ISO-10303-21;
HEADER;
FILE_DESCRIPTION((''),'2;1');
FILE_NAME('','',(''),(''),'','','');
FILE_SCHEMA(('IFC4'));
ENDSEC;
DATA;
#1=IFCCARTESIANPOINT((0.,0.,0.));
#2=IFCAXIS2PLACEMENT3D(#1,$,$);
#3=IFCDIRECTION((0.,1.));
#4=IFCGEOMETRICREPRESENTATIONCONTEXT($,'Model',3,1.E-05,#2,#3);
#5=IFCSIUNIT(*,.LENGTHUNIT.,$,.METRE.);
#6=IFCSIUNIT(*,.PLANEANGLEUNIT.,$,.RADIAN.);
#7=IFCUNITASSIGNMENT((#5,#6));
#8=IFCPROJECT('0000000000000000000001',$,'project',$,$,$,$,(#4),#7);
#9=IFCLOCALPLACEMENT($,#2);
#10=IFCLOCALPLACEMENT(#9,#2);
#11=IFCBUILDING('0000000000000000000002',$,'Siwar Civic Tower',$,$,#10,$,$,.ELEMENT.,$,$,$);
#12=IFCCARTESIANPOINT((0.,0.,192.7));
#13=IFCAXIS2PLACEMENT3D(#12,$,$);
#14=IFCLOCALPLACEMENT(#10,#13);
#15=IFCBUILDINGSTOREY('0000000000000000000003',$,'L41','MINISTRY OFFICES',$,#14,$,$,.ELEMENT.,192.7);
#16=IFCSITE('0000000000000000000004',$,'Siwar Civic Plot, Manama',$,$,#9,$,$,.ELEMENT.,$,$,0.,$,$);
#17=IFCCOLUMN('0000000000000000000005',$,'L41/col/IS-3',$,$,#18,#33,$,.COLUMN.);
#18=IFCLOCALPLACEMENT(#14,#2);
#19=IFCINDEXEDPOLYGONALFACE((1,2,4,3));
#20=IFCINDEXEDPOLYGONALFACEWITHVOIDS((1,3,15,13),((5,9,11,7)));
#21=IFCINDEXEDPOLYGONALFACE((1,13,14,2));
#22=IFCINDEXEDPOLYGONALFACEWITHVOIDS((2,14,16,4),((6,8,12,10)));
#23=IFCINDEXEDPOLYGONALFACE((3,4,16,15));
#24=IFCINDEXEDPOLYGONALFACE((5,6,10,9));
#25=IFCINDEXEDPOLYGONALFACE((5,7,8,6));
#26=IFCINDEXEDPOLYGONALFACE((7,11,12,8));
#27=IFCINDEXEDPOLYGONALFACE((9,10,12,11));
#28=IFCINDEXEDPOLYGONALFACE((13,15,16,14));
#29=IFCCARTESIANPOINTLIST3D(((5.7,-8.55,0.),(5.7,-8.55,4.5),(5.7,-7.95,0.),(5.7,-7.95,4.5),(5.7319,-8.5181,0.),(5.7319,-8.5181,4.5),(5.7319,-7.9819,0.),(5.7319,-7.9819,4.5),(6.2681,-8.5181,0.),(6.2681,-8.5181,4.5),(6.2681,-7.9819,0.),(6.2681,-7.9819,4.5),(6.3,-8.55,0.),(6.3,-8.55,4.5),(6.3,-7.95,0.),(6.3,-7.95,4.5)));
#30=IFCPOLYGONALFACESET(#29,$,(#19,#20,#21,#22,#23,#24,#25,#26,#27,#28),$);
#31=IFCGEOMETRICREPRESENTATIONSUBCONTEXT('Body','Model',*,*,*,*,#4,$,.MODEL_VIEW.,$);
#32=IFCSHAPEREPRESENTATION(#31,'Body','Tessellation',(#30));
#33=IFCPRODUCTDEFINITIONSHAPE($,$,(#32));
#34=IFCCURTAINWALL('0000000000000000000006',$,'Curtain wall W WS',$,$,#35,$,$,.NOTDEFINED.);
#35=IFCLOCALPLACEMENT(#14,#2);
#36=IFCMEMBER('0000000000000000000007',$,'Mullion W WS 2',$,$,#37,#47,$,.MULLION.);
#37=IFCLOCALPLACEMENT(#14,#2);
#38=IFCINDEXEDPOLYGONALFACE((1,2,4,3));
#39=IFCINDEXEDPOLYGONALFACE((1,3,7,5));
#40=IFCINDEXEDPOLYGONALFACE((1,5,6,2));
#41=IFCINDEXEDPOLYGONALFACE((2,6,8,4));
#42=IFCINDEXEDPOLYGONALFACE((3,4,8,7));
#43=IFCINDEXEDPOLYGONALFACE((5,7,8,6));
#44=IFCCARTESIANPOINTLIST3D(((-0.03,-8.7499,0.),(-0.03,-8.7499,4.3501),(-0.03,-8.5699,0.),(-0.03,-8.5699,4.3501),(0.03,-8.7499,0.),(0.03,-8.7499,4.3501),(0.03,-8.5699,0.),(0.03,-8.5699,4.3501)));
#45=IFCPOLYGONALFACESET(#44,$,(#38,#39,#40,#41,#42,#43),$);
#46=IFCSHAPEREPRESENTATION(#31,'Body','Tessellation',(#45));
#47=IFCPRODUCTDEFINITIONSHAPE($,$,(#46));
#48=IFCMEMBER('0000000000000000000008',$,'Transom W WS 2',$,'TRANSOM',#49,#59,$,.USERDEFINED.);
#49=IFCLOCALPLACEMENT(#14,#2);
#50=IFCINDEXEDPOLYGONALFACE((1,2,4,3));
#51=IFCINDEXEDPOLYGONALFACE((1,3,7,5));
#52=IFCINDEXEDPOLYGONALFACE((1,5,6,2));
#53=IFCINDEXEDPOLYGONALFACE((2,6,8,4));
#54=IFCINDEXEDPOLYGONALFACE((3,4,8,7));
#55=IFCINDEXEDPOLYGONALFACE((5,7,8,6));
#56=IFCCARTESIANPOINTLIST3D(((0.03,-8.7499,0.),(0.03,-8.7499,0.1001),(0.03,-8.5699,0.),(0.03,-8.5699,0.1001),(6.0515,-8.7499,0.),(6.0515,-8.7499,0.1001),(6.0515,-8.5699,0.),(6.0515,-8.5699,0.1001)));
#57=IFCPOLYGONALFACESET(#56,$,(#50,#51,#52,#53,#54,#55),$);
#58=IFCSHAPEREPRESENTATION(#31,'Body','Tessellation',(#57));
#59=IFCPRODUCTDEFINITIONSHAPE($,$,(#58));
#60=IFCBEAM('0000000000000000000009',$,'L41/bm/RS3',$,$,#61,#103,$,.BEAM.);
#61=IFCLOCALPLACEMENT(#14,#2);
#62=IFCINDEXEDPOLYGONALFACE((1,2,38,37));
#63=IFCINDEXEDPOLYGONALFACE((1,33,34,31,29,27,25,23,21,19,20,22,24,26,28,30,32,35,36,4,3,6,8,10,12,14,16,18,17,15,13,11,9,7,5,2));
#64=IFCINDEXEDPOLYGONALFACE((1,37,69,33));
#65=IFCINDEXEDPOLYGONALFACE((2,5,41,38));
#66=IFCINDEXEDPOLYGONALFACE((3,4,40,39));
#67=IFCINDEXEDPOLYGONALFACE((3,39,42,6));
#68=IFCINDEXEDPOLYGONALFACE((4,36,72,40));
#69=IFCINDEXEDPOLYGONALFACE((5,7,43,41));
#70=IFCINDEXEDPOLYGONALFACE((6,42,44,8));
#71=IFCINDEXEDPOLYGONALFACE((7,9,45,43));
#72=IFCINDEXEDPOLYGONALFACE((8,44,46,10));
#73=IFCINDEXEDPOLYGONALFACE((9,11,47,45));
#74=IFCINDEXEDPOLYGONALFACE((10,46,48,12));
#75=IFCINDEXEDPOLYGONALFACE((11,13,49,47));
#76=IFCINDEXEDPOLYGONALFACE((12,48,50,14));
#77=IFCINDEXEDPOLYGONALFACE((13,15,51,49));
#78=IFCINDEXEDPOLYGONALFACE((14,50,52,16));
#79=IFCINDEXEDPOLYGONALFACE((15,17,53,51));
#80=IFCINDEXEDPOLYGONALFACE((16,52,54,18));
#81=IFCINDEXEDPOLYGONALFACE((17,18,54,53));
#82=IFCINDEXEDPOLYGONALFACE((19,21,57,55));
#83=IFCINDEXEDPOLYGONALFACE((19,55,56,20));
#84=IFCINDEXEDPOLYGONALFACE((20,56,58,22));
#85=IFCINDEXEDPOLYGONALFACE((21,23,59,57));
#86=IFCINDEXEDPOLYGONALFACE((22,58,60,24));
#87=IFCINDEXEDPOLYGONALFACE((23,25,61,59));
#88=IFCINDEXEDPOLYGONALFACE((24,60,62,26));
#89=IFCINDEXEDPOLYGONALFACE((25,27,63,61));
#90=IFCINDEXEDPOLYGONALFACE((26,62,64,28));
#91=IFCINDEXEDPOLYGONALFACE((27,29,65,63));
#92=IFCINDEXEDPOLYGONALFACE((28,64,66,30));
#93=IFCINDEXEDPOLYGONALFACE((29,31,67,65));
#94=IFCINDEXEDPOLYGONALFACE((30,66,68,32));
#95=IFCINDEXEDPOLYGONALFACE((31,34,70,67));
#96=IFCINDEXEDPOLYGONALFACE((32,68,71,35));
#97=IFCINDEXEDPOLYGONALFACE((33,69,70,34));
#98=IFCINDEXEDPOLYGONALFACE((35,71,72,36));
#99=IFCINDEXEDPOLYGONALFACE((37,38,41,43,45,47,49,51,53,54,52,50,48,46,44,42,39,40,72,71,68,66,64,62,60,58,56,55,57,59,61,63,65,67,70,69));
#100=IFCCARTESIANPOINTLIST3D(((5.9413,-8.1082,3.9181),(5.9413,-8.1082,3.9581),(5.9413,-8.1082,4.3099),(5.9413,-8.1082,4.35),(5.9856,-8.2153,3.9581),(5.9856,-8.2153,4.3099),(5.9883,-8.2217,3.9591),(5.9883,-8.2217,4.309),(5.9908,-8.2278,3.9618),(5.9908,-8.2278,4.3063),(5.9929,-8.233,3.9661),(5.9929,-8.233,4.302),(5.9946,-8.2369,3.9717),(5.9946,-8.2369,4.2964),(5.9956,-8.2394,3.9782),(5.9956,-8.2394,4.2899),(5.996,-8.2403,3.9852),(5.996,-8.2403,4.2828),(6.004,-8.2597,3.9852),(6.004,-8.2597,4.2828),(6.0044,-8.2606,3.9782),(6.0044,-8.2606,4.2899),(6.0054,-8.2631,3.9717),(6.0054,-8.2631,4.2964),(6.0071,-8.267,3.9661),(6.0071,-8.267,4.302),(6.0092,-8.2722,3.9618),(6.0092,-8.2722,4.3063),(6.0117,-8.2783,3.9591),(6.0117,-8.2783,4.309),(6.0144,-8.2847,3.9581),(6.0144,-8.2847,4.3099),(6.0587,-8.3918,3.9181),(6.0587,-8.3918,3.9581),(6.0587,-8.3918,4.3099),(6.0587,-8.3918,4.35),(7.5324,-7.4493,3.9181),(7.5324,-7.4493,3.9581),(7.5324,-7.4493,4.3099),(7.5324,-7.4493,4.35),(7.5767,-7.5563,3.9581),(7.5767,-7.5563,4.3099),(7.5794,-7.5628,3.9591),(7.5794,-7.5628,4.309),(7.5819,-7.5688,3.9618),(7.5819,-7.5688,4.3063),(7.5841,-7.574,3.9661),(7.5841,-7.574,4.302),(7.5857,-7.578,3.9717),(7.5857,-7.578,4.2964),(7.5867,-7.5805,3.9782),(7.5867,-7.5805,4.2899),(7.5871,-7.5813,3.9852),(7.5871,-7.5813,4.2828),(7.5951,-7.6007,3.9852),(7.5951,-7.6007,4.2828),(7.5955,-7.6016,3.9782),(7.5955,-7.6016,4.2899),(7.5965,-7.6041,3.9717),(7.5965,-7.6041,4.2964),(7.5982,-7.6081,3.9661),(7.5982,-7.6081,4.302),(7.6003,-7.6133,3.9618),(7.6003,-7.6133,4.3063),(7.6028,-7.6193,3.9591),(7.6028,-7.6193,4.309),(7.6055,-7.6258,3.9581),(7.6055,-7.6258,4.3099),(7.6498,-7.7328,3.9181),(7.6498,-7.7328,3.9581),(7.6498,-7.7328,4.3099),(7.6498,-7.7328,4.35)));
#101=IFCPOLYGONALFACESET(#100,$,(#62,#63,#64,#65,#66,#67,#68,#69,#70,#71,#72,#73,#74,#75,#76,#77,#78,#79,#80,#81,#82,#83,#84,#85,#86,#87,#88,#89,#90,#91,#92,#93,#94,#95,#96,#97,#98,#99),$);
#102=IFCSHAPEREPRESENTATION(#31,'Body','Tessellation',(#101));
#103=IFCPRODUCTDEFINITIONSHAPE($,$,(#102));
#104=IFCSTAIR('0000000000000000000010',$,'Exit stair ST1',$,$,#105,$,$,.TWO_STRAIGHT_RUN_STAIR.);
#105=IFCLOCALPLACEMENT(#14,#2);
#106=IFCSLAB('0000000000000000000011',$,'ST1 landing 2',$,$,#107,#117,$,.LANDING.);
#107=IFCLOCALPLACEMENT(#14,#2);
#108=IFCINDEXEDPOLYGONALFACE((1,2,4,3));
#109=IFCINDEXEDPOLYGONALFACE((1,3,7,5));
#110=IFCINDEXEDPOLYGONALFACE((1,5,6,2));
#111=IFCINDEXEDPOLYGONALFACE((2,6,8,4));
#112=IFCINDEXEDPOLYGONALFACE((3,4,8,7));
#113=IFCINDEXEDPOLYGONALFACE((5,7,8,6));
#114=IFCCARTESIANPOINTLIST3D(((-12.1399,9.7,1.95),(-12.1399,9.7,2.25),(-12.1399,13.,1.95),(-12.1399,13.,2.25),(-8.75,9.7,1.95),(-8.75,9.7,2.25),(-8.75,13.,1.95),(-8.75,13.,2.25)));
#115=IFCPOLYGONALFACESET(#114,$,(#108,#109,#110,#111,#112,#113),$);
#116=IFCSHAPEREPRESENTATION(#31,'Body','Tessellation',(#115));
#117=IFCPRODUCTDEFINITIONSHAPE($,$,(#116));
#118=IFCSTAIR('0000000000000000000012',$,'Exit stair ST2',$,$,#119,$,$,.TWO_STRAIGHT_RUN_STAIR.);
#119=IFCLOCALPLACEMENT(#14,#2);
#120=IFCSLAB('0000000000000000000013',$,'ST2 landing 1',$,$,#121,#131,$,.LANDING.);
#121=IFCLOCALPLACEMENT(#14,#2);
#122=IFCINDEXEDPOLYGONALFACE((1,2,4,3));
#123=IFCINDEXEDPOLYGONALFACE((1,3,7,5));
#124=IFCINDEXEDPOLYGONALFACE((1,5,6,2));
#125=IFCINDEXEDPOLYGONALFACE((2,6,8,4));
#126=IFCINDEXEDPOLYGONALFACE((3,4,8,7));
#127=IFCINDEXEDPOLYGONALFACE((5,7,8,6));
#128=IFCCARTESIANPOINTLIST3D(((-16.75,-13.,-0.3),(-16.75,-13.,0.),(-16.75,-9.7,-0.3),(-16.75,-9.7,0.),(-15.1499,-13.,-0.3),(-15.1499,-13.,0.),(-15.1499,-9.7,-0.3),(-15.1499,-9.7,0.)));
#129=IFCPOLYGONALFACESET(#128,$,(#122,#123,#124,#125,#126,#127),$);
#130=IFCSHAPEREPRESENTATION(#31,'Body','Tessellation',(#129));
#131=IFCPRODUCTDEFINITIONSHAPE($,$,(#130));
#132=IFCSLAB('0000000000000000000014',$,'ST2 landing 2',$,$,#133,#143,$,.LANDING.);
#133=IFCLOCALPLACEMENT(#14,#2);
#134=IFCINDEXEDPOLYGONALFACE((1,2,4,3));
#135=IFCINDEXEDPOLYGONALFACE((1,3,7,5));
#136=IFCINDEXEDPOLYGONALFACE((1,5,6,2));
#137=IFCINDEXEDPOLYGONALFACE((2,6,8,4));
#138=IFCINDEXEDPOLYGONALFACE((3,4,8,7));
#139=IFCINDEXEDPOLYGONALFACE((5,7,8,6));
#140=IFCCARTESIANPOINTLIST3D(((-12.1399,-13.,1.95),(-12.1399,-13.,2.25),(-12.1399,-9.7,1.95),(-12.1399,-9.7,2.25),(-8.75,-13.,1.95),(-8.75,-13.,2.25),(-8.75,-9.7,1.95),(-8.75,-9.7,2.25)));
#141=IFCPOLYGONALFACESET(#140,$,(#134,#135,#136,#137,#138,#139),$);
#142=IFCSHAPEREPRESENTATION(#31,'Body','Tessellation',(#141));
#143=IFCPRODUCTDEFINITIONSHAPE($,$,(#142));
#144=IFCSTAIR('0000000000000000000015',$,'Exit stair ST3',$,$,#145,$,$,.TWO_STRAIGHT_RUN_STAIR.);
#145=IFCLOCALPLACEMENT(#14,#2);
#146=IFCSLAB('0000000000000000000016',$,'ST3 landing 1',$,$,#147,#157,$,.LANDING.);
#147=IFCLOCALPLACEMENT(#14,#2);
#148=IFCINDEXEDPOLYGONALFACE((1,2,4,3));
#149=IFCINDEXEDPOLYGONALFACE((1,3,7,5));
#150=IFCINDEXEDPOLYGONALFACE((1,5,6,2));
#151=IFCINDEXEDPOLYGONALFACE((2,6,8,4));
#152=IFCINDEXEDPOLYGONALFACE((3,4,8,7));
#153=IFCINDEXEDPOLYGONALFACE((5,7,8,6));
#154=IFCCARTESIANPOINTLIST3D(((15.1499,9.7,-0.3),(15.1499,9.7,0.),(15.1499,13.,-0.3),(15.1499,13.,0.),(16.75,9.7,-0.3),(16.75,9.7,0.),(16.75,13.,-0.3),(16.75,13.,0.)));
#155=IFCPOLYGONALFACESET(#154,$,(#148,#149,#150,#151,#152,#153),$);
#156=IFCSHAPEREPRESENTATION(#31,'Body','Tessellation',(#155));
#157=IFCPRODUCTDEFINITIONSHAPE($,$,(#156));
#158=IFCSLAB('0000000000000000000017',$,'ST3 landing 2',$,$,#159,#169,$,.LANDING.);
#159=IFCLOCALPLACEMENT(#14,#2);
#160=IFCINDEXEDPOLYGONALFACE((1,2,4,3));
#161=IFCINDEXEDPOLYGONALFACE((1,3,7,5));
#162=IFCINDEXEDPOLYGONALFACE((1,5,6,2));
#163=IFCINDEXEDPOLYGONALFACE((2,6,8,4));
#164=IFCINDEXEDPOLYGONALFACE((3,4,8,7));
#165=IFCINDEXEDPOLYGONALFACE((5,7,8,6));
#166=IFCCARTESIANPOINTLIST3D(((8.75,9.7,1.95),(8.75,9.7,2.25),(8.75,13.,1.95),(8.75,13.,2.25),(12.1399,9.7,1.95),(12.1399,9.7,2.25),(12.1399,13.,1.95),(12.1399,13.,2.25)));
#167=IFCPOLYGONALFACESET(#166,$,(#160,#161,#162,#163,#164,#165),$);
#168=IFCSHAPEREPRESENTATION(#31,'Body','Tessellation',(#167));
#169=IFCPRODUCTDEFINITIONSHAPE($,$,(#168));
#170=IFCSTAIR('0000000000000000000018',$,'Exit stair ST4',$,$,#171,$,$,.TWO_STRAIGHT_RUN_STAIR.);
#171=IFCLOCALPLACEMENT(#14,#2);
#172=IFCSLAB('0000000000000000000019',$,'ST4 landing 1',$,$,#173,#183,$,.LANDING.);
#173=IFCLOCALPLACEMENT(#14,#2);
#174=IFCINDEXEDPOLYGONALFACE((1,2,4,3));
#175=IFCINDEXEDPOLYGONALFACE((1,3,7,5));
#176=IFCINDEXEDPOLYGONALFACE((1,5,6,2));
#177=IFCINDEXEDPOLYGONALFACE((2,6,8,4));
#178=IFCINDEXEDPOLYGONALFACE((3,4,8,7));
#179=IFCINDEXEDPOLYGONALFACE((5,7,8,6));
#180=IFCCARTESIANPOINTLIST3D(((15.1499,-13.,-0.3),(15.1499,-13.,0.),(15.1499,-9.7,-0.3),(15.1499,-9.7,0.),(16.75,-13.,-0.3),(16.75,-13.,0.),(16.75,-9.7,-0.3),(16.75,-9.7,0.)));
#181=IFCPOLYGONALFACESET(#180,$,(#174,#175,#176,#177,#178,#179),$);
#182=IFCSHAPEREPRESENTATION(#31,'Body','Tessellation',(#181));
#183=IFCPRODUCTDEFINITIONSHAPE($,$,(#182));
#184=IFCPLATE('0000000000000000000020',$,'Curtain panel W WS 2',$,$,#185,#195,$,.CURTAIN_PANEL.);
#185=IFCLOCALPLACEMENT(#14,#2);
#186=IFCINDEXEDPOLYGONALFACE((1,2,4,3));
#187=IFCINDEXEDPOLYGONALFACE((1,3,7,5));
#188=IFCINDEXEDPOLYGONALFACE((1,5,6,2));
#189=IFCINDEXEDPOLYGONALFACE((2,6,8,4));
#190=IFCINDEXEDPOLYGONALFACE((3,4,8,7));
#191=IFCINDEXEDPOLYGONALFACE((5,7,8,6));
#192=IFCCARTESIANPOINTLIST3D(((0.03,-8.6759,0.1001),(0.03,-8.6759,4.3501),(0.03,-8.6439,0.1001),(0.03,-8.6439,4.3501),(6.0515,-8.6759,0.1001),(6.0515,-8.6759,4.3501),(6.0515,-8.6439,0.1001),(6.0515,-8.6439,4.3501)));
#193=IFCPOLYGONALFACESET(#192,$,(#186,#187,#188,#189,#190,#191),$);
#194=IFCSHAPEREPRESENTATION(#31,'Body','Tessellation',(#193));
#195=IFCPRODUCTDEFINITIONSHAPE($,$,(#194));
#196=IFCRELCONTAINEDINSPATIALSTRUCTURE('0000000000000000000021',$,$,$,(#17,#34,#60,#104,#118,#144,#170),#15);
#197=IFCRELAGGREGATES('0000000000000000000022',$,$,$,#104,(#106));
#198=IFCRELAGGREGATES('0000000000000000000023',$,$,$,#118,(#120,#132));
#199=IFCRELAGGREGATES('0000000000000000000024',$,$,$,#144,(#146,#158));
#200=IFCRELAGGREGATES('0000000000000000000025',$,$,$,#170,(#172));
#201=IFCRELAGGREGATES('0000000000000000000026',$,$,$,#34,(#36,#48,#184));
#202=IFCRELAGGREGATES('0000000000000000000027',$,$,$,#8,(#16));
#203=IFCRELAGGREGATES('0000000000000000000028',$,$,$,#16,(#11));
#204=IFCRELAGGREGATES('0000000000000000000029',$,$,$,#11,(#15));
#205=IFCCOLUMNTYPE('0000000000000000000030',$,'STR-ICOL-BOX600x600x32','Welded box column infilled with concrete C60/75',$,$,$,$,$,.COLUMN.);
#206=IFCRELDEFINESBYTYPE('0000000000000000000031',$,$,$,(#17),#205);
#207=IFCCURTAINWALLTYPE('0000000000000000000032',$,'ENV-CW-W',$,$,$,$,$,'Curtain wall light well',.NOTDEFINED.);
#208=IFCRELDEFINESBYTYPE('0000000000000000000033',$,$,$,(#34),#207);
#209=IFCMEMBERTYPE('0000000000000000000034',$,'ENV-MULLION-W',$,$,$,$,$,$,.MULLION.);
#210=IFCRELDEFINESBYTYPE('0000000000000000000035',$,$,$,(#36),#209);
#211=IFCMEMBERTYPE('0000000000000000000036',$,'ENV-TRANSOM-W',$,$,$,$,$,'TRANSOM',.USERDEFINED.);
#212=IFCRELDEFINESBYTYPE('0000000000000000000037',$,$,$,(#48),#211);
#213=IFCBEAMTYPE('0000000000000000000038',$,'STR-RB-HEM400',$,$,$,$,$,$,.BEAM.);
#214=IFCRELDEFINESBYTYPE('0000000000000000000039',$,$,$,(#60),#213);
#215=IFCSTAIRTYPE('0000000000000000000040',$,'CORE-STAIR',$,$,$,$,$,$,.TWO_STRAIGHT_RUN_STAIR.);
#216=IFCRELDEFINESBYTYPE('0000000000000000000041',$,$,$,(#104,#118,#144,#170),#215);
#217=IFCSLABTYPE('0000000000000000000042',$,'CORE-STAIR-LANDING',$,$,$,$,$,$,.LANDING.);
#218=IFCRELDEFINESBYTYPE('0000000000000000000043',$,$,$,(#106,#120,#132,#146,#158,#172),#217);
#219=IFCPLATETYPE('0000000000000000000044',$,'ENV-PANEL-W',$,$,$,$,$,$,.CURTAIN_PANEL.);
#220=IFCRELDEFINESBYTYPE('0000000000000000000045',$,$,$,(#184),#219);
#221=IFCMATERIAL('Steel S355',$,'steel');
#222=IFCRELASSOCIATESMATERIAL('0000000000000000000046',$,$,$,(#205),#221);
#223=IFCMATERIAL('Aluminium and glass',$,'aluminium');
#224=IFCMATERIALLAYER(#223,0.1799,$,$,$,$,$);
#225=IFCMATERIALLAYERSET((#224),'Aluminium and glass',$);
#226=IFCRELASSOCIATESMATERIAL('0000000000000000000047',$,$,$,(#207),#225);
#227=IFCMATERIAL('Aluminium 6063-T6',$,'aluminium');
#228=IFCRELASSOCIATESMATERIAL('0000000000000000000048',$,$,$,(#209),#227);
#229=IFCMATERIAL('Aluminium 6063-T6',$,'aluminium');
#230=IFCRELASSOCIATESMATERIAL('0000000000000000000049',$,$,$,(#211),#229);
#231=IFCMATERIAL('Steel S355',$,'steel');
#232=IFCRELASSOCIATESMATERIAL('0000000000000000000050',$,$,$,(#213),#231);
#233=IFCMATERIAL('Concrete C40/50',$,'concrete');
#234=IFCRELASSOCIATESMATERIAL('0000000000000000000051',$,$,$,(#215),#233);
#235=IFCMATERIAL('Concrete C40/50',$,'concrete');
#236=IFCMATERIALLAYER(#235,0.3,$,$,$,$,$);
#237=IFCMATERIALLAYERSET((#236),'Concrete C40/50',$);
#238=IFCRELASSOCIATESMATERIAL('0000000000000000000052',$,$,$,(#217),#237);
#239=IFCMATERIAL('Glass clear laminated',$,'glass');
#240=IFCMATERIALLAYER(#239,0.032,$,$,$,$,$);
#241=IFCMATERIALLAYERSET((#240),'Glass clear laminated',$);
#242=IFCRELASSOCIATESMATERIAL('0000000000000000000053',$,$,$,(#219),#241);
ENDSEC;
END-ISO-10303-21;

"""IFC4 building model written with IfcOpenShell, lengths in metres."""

from ifc_helpers import new_model, si_unit, direction, frame, origin, origin_2d, place, context, subcontext, project, spatial, polyline, rectangle, hollow_rectangle, i_section, outline, extrude, material, layer, layer_set, material_profile, profile_set, type_object, element, aggregate, save


model = new_model("IFC4")

# Units and contexts
model_context = context("Model", 3, precision=1e-05, world=origin(), true_north=direction((0.0, 1.0)))
body_context = subcontext(model_context, "Body", "Model", "MODEL_VIEW")
ifc_project = project(units=[si_unit("LENGTHUNIT", "METRE"), si_unit("PLANEANGLEUNIT", "RADIAN")], contexts=[model_context])

# Site, building, storey
site_placement = place(None, origin())
site = spatial("IfcSite", under=ifc_project, at=site_placement, Name="Siwar Civic Plot, Manama", CompositionType="ELEMENT", RefElevation=0.0)
building_placement = place(site_placement, origin())
building = spatial("IfcBuilding", under=site, at=building_placement, Name="Siwar Civic Tower", CompositionType="ELEMENT")
storey_placement = place(building_placement, frame((0.0, 0.0, 192.7)))
storey = spatial("IfcBuildingStorey", under=building, at=storey_placement, Name="L41", Description="MINISTRY OFFICES", CompositionType="ELEMENT", Elevation=192.7)

# Column
ifc_material_1 = material(Name="Steel S355", Category="steel")
ifc_material_profile_1 = material_profile(ifc_material_1, hollow_rectangle(XDim=0.6001, YDim=0.6001, WallThickness=0.032, at=origin_2d()), Name="BOX600x600x32")
ifc_profile_set_1 = profile_set([ifc_material_profile_1], Name="Steel S355")
column_type = type_object("IfcColumnType", Name="STR-ICOL-BOX600x600x32", Description="Welded box column infilled with concrete C60/75", PredefinedType="COLUMN", material=ifc_profile_set_1)
column_placement = place(storey_placement, frame((6.0, -8.25, 0.0), z_axis=(0.0, 0.0, 1.0), x_axis=(1.0, 0.0, 0.0)))
element("IfcColumn", 1, at=column_placement, inside=storey, type_object=column_type, Name="L41/col/IS-3", PredefinedType="COLUMN", context=body_context, shape_type="SweptSolid", body=[
    extrude(hollow_rectangle(XDim=0.6001, YDim=0.6001, WallThickness=0.032, at=origin_2d()), origin(), (0.0, 0.0, 1.0), 4.5),
])

# Curtain wall, members
ifc_material_2 = material(Name="Aluminium and glass", Category="aluminium")
ifc_layer_1 = layer(ifc_material_2, 0.1799)
ifc_layer_set_1 = layer_set([ifc_layer_1], Name="Aluminium and glass")
curtain_wall_type = type_object("IfcCurtainWallType", Name="ENV-CW-W", ElementType="Curtain wall light well", PredefinedType="NOTDEFINED", material=ifc_layer_set_1)
curtain_wall_placement = place(storey_placement, origin())
curtain_wall = element("IfcCurtainWall", 2, at=curtain_wall_placement, inside=storey, type_object=curtain_wall_type, Name="Curtain wall W WS", PredefinedType="NOTDEFINED")
ifc_material_3 = material(Name="Aluminium 6063-T6", Category="aluminium")
ifc_material_profile_2 = material_profile(ifc_material_3, rectangle(XDim=0.1799, YDim=0.0601, at=origin_2d()), Name="AL 180x60")
ifc_profile_set_2 = profile_set([ifc_material_profile_2], Name="Aluminium 6063-T6")
member_type_1 = type_object("IfcMemberType", Name="ENV-MULLION-W", PredefinedType="MULLION", material=ifc_profile_set_2)
member_1_placement = place(storey_placement, frame((0.0, -8.6599, 0.0), z_axis=(0.0, 0.0, 1.0), x_axis=(0.0, 1.0, 0.0)))
member_1 = element("IfcMember", 3, at=member_1_placement, type_object=member_type_1, Name="Mullion W WS 2", PredefinedType="MULLION", context=body_context, shape_type="SweptSolid", body=[
    extrude(rectangle(XDim=0.1799, YDim=0.0601, at=origin_2d()), origin(), (0.0, 0.0, 1.0), 4.3501),
])
ifc_material_4 = material(Name="Aluminium 6063-T6", Category="aluminium")
ifc_material_profile_3 = material_profile(ifc_material_4, rectangle(XDim=0.1799, YDim=0.1001, at=origin_2d()), Name="AL 180x100")
ifc_profile_set_3 = profile_set([ifc_material_profile_3], Name="Aluminium 6063-T6")
member_type_2 = type_object("IfcMemberType", Name="ENV-TRANSOM-W", ElementType="TRANSOM", PredefinedType="USERDEFINED", material=ifc_profile_set_3)
member_2_placement = place(storey_placement, frame((0.03, -8.6599, 0.05), z_axis=(1.0, 0.0, 0.0), x_axis=(0.0, 1.0, 0.0)))
member_2 = element("IfcMember", 4, at=member_2_placement, type_object=member_type_2, Name="Transom W WS 2", ObjectType="TRANSOM", PredefinedType="USERDEFINED", context=body_context, shape_type="SweptSolid", body=[
    extrude(rectangle(XDim=0.1799, YDim=0.1001, at=origin_2d()), origin(), (0.0, 0.0, 1.0), 6.0215),
])

# Beam
ifc_material_5 = material(Name="Steel S355", Category="steel")
ifc_material_profile_4 = material_profile(ifc_material_5, i_section(OverallWidth=0.3069, OverallDepth=0.4319, WebThickness=0.021, FlangeThickness=0.04, FilletRadius=0.0271, at=origin_2d()), Name="HEM400")
ifc_profile_set_4 = profile_set([ifc_material_profile_4], Name="Steel S355")
beam_type = type_object("IfcBeamType", Name="STR-RB-HEM400", PredefinedType="BEAM", material=ifc_profile_set_4)
beam_placement = place(storey_placement, frame((6.0, -8.25, 4.134), z_axis=(0.923901, 0.382631, 0.0), x_axis=(-0.382631, 0.923901, 0.0)))
element("IfcBeam", 5, at=beam_placement, inside=storey, type_object=beam_type, Name="L41/bm/RS3", PredefinedType="BEAM", context=body_context, shape_type="SweptSolid", body=[
    extrude(i_section(OverallWidth=0.3069, OverallDepth=0.4319, WebThickness=0.021, FlangeThickness=0.04, FilletRadius=0.0271, at=origin_2d()), origin(), (0.0, 0.0, 1.0), 1.7222),
])

# Stair, slab
ifc_material_6 = material(Name="Concrete C40/50", Category="concrete")
stair_type = type_object("IfcStairType", Name="CORE-STAIR", PredefinedType="TWO_STRAIGHT_RUN_STAIR", material=ifc_material_6)
stair_1_placement = place(storey_placement, origin())
stair_1 = element("IfcStair", 6, at=stair_1_placement, inside=storey, type_object=stair_type, Name="Exit stair ST1", PredefinedType="TWO_STRAIGHT_RUN_STAIR")
ifc_material_7 = material(Name="Concrete C40/50", Category="concrete")
ifc_layer_2 = layer(ifc_material_7, 0.3)
ifc_layer_set_2 = layer_set([ifc_layer_2], Name="Concrete C40/50")
slab_type = type_object("IfcSlabType", Name="CORE-STAIR-LANDING", PredefinedType="LANDING", material=ifc_layer_set_2)
slab_1_placement = place(storey_placement, frame((0.0, 0.0, 1.95)))
slab_1 = element("IfcSlab", 7, at=slab_1_placement, type_object=slab_type, Name="ST1 landing 2", PredefinedType="LANDING", context=body_context, shape_type="SweptSolid", body=[
    extrude(outline(polyline([(-8.75, 13.0), (-12.1399, 13.0), (-12.1399, 9.7), (-8.75, 9.7), (-8.75, 13.0)])), origin(), (0.0, 0.0, 1.0), 0.3),
])
aggregate(stair_1, [slab_1])

# Stairs, slabs
stair_2_placement = place(storey_placement, origin())
stair_2 = element("IfcStair", 8, at=stair_2_placement, inside=storey, type_object=stair_type, Name="Exit stair ST2", PredefinedType="TWO_STRAIGHT_RUN_STAIR")
slab_2_placement = place(storey_placement, frame((0.0, 0.0, -0.3)))
slab_2 = element("IfcSlab", 9, at=slab_2_placement, type_object=slab_type, Name="ST2 landing 1", PredefinedType="LANDING", context=body_context, shape_type="SweptSolid", body=[
    extrude(outline(polyline([(-15.1499, -9.7), (-16.75, -9.7), (-16.75, -13.0), (-15.1499, -13.0), (-15.1499, -9.7)])), origin(), (0.0, 0.0, 1.0), 0.3),
])
slab_3_placement = place(storey_placement, frame((0.0, 0.0, 1.95)))
slab_3 = element("IfcSlab", 10, at=slab_3_placement, type_object=slab_type, Name="ST2 landing 2", PredefinedType="LANDING", context=body_context, shape_type="SweptSolid", body=[
    extrude(outline(polyline([(-8.75, -9.7), (-12.1399, -9.7), (-12.1399, -13.0), (-8.75, -13.0), (-8.75, -9.7)])), origin(), (0.0, 0.0, 1.0), 0.3),
])
aggregate(stair_2, [slab_2, slab_3])
stair_3_placement = place(storey_placement, origin())
stair_3 = element("IfcStair", 11, at=stair_3_placement, inside=storey, type_object=stair_type, Name="Exit stair ST3", PredefinedType="TWO_STRAIGHT_RUN_STAIR")
slab_4_placement = place(storey_placement, frame((0.0, 0.0, -0.3)))
slab_4 = element("IfcSlab", 12, at=slab_4_placement, type_object=slab_type, Name="ST3 landing 1", PredefinedType="LANDING", context=body_context, shape_type="SweptSolid", body=[
    extrude(outline(polyline([(15.1499, 9.7), (16.75, 9.7), (16.75, 13.0), (15.1499, 13.0), (15.1499, 9.7)])), origin(), (0.0, 0.0, 1.0), 0.3),
])
slab_5_placement = place(storey_placement, frame((0.0, 0.0, 1.95)))
slab_5 = element("IfcSlab", 13, at=slab_5_placement, type_object=slab_type, Name="ST3 landing 2", PredefinedType="LANDING", context=body_context, shape_type="SweptSolid", body=[
    extrude(outline(polyline([(8.75, 9.7), (12.1399, 9.7), (12.1399, 13.0), (8.75, 13.0), (8.75, 9.7)])), origin(), (0.0, 0.0, 1.0), 0.3),
])
aggregate(stair_3, [slab_4, slab_5])

# Stair, slab
stair_4_placement = place(storey_placement, origin())
stair_4 = element("IfcStair", 14, at=stair_4_placement, inside=storey, type_object=stair_type, Name="Exit stair ST4", PredefinedType="TWO_STRAIGHT_RUN_STAIR")
slab_6_placement = place(storey_placement, frame((0.0, 0.0, -0.3)))
slab_6 = element("IfcSlab", 15, at=slab_6_placement, type_object=slab_type, Name="ST4 landing 1", PredefinedType="LANDING", context=body_context, shape_type="SweptSolid", body=[
    extrude(outline(polyline([(15.1499, -13.0), (16.75, -13.0), (16.75, -9.7), (15.1499, -9.7), (15.1499, -13.0)])), origin(), (0.0, 0.0, 1.0), 0.3),
])
aggregate(stair_4, [slab_6])

# Plate
ifc_material_8 = material(Name="Glass clear laminated", Category="glass")
ifc_layer_3 = layer(ifc_material_8, 0.032)
ifc_layer_set_3 = layer_set([ifc_layer_3], Name="Glass clear laminated")
plate_type = type_object("IfcPlateType", Name="ENV-PANEL-W", PredefinedType="CURTAIN_PANEL", material=ifc_layer_set_3)
plate_placement = place(storey_placement, frame((3.0408, -8.6599, 0.1001), z_axis=(0.0, 0.0, 1.0), x_axis=(1.0, 0.0, 0.0)))
plate = element("IfcPlate", 16, at=plate_placement, type_object=plate_type, Name="Curtain panel W WS 2", PredefinedType="CURTAIN_PANEL", context=body_context, shape_type="SweptSolid", body=[
    extrude(rectangle(XDim=6.0215, YDim=0.032, at=origin_2d()), origin(), (0.0, 0.0, 1.0), 4.25),
])
aggregate(curtain_wall, [member_1, member_2, plate])

save(model, "model.ifc")
